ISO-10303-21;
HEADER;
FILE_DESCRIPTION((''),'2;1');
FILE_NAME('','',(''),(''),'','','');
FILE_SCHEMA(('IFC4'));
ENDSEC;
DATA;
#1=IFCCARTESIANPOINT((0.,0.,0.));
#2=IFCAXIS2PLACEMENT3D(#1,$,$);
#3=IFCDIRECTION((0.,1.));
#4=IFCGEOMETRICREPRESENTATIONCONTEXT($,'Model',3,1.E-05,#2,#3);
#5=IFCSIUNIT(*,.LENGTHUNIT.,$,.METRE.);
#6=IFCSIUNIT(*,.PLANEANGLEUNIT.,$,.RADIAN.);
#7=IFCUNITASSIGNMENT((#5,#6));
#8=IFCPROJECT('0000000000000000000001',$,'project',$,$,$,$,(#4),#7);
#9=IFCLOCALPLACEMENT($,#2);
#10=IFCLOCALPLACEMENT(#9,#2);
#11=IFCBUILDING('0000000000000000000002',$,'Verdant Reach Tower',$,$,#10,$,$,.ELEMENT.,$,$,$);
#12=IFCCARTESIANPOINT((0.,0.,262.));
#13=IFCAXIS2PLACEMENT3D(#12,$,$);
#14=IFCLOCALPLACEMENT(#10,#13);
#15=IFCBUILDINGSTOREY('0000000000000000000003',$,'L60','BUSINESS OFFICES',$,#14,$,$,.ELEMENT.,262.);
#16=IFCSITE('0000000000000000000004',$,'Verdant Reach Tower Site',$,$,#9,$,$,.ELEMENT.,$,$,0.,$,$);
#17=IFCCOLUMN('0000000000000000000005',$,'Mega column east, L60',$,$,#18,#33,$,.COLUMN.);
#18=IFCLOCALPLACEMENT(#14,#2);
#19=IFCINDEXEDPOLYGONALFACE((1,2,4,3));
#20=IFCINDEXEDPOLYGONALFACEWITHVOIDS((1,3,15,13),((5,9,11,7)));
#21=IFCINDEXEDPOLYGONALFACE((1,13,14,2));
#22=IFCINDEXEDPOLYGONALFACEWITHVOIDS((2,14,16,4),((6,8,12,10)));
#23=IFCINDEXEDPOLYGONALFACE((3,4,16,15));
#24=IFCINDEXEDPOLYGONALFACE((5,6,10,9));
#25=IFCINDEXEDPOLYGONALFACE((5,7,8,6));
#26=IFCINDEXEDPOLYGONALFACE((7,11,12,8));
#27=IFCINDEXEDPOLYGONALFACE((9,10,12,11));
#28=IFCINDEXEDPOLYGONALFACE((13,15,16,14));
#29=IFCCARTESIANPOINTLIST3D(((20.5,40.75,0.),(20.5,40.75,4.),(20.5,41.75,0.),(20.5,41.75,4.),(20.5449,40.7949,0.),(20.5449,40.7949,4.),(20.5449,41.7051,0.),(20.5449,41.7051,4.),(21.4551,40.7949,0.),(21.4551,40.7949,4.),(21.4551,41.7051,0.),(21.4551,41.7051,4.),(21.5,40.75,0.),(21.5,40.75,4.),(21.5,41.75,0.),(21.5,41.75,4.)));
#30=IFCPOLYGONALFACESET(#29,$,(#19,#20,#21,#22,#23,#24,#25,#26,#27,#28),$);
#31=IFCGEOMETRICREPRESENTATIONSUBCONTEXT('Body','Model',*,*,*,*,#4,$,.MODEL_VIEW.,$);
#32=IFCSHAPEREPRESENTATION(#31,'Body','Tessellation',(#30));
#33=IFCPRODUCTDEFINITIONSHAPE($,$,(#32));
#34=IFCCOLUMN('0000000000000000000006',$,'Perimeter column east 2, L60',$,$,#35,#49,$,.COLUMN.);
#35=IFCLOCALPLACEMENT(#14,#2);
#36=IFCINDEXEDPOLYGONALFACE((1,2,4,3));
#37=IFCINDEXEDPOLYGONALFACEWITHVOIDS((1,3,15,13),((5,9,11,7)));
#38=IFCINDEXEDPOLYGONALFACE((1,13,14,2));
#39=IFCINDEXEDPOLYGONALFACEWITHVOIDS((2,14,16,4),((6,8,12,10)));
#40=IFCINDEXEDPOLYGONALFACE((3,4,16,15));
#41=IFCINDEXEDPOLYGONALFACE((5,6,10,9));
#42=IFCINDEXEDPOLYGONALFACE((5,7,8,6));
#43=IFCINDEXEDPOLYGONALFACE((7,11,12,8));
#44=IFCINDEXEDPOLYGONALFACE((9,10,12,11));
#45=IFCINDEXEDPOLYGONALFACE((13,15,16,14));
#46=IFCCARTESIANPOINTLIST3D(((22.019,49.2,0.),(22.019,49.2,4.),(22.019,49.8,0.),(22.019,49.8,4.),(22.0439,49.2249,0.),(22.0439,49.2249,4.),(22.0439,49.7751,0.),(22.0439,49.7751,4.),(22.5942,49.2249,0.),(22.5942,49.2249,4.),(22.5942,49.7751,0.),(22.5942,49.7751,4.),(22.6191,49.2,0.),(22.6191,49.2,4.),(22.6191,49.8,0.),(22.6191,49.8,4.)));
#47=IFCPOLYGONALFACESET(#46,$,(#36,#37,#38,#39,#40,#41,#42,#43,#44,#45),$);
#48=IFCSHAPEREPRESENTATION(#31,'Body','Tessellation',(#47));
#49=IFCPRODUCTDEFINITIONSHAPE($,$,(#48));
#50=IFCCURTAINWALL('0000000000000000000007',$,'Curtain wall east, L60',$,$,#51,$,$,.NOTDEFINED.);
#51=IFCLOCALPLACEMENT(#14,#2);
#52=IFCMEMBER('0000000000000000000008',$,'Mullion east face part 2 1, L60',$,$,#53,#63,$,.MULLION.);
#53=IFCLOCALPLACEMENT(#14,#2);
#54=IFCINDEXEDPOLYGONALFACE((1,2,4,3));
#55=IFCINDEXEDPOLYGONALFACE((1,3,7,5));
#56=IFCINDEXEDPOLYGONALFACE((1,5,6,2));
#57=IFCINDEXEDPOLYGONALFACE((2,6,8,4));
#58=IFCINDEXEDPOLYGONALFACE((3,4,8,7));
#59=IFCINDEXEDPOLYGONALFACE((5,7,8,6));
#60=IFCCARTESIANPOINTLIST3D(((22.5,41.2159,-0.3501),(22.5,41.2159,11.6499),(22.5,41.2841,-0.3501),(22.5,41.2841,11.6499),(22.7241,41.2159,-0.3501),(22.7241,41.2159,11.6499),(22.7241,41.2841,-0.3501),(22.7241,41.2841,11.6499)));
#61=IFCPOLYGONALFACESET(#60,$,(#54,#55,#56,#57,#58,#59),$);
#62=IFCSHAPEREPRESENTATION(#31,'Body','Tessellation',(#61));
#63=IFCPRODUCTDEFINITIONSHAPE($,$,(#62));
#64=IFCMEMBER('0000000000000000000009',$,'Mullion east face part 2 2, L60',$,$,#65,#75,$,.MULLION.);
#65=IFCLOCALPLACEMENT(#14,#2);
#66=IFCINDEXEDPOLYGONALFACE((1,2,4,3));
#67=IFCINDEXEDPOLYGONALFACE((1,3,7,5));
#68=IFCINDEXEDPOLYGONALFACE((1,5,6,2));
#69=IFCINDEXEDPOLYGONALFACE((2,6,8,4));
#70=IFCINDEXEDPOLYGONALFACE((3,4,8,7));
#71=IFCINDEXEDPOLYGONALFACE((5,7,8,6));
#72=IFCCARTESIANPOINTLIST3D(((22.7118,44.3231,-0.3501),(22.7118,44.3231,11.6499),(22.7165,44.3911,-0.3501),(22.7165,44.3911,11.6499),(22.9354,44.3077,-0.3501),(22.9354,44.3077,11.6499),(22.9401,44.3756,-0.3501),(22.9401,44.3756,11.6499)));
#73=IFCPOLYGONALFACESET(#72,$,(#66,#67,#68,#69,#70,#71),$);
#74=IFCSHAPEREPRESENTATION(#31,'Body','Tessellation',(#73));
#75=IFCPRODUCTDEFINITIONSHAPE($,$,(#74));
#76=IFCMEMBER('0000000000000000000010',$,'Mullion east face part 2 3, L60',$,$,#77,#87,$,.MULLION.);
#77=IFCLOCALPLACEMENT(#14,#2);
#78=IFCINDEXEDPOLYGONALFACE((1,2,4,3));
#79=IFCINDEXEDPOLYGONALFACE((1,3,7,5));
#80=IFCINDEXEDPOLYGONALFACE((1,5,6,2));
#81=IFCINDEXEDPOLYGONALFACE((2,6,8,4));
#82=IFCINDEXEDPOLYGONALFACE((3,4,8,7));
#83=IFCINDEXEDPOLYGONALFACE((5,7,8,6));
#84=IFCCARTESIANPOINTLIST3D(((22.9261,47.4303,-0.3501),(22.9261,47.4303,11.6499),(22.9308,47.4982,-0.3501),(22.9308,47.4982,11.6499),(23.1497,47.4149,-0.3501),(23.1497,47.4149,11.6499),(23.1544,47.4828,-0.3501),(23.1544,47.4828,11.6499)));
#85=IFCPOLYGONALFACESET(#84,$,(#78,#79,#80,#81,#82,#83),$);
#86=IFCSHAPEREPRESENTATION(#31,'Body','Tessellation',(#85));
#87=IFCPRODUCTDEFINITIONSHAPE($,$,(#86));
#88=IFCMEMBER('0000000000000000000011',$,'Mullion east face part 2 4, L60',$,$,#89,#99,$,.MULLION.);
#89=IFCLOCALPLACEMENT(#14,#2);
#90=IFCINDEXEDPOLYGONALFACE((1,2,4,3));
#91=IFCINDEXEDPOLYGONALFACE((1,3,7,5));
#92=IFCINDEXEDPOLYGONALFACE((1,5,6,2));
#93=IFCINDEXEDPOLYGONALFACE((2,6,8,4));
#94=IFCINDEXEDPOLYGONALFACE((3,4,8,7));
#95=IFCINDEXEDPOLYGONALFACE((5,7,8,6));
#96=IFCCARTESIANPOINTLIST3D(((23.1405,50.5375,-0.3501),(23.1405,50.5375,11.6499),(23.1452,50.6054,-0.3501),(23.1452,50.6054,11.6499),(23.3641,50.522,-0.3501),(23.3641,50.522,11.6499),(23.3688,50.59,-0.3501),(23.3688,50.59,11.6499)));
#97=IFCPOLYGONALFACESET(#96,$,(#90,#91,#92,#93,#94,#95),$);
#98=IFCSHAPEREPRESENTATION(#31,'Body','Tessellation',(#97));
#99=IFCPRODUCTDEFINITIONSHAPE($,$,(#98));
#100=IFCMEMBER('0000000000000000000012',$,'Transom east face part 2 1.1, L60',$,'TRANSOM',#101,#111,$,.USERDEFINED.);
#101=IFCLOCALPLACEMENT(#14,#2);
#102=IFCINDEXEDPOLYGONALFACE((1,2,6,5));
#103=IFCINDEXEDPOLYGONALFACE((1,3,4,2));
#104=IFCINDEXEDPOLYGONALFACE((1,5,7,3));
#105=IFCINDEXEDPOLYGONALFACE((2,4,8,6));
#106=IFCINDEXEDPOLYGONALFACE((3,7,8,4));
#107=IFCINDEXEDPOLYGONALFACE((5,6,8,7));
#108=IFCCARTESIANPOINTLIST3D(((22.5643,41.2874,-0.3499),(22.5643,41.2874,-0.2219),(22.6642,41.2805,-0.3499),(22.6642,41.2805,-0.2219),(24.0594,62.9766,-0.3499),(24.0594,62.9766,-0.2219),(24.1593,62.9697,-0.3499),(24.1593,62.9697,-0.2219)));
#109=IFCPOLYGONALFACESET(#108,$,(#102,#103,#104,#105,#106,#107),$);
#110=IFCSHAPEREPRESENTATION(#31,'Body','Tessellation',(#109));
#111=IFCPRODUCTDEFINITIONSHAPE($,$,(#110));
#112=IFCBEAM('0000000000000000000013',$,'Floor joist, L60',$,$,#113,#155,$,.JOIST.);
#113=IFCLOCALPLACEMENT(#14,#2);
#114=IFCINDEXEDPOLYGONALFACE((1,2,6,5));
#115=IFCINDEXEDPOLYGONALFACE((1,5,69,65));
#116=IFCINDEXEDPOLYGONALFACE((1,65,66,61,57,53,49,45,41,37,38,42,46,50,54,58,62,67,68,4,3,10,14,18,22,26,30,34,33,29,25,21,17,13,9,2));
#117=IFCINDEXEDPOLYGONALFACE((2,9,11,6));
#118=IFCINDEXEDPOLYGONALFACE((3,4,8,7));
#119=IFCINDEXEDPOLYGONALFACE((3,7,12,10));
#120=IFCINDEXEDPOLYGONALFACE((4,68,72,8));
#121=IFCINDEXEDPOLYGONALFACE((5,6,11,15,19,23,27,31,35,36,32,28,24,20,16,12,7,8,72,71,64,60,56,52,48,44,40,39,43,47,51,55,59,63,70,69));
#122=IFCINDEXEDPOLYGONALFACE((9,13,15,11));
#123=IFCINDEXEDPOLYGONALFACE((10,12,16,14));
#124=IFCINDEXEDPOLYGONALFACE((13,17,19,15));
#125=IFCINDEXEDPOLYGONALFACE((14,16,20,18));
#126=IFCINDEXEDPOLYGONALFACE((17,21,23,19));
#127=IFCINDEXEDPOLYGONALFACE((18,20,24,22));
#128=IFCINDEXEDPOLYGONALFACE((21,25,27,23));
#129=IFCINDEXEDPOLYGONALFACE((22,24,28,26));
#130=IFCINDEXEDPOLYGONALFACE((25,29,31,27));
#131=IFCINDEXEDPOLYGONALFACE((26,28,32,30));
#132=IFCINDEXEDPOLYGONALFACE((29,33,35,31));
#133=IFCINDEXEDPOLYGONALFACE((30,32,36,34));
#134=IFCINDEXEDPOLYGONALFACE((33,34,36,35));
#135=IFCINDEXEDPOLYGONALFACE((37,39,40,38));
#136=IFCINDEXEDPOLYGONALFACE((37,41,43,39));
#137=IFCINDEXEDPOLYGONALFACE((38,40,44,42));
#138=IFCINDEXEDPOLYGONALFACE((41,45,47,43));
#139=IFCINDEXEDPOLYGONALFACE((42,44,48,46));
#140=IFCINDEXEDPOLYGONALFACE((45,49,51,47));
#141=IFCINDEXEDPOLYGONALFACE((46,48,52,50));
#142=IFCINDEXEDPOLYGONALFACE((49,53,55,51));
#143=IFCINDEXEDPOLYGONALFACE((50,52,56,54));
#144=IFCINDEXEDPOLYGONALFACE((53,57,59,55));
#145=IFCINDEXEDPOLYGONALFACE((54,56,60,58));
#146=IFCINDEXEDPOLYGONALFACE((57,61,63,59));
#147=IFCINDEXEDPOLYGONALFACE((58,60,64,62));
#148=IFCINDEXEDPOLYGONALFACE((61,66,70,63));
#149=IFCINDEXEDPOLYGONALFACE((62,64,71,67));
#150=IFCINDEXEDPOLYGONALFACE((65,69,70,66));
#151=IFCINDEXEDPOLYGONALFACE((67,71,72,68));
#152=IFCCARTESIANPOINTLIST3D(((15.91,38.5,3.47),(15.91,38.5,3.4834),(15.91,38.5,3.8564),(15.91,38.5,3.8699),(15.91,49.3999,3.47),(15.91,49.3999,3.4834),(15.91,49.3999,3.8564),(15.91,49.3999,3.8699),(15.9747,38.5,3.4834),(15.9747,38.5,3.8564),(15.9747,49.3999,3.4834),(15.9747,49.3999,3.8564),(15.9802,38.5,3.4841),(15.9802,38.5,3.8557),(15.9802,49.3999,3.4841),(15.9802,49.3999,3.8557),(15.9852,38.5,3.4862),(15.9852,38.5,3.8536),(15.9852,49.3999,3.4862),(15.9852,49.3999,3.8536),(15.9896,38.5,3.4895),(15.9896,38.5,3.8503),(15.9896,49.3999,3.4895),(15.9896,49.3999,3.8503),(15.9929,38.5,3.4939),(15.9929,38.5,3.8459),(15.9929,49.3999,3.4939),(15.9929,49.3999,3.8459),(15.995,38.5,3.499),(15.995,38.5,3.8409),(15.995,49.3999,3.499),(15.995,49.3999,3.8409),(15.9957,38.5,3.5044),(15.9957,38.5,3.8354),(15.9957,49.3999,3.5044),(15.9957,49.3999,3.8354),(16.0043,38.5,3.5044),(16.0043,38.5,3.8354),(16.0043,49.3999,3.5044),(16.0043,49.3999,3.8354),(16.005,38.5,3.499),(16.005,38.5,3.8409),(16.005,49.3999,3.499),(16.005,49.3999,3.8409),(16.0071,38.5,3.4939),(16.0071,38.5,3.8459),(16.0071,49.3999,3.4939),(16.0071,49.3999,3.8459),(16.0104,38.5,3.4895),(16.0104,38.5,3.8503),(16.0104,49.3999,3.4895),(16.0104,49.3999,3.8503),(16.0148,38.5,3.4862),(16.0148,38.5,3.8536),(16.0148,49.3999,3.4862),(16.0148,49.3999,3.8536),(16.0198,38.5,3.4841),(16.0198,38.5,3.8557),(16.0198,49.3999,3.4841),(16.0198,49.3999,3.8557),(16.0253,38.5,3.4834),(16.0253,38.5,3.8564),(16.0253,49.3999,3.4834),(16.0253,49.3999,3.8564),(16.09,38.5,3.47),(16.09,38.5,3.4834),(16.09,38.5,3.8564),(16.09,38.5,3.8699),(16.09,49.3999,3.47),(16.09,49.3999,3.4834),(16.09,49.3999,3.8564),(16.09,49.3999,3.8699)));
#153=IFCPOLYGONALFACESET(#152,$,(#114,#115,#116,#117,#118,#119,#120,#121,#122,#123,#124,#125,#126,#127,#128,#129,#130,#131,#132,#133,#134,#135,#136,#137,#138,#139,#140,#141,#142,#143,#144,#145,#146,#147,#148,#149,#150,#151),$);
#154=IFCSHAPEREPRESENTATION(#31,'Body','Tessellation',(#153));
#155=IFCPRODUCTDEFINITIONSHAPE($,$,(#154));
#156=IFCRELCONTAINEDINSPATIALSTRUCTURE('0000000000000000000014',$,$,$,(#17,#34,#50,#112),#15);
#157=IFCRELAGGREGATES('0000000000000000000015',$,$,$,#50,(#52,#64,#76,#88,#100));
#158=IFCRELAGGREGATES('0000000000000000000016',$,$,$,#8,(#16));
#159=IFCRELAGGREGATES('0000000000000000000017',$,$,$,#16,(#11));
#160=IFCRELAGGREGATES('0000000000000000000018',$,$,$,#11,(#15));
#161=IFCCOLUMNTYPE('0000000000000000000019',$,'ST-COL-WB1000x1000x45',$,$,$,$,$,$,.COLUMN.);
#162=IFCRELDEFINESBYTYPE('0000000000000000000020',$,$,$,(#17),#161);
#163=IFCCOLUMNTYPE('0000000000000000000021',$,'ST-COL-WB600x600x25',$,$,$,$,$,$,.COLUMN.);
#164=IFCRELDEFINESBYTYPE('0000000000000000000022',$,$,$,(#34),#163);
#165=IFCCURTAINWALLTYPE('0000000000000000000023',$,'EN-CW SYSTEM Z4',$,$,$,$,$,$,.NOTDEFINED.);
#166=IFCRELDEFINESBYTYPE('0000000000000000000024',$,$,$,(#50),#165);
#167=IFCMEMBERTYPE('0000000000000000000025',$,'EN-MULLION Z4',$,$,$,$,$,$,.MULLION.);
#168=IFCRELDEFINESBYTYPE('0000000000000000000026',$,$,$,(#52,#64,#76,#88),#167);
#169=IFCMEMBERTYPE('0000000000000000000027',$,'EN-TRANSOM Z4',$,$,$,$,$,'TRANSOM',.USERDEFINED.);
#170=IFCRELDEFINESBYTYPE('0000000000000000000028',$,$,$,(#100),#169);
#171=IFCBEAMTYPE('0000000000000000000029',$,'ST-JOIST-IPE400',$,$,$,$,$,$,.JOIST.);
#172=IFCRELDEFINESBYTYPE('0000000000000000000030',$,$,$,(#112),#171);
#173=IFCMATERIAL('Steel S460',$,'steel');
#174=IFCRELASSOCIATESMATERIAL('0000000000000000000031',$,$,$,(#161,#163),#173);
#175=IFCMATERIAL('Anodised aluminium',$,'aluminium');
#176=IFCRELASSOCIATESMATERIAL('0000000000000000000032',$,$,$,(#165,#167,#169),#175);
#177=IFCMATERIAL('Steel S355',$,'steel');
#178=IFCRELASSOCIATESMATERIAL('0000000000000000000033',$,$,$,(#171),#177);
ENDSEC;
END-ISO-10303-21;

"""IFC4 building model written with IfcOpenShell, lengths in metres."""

from ifc_helpers import new_model, si_unit, direction, frame, origin, origin_2d, place, context, subcontext, project, spatial, rectangle, hollow_rectangle, i_section, extrude, material, material_profile, profile_set, type_object, element, aggregate, save


model = new_model("IFC4")

# Units and contexts
model_context = context("Model", 3, precision=1e-05, world=origin(), true_north=direction((0.0, 1.0)))
body_context = subcontext(model_context, "Body", "Model", "MODEL_VIEW")
ifc_project = project(units=[si_unit("LENGTHUNIT", "METRE"), si_unit("PLANEANGLEUNIT", "RADIAN")], contexts=[model_context])

# Site, building, storey
site_placement = place(None, origin())
site = spatial("IfcSite", under=ifc_project, at=site_placement, Name="Verdant Reach Tower Site", CompositionType="ELEMENT", RefElevation=0.0)
building_placement = place(site_placement, origin())
building = spatial("IfcBuilding", under=site, at=building_placement, Name="Verdant Reach Tower", CompositionType="ELEMENT")
storey_placement = place(building_placement, frame((0.0, 0.0, 262.0)))
storey = spatial("IfcBuildingStorey", under=building, at=storey_placement, Name="L60", Description="BUSINESS OFFICES", CompositionType="ELEMENT", Elevation=262.0)

# Columns
ifc_material_1 = material(Name="Steel S460", Category="steel")
ifc_material_profile_1 = material_profile(ifc_material_1, hollow_rectangle(XDim=1.0, YDim=1.0, WallThickness=0.0449, at=origin_2d()), Name="WB 1000x1000x45")
ifc_profile_set_1 = profile_set([ifc_material_profile_1], Name="Steel S460")
column_type_1 = type_object("IfcColumnType", Name="ST-COL-WB1000x1000x45", PredefinedType="COLUMN", material=ifc_profile_set_1)
column_1_placement = place(storey_placement, frame((21.0, 41.25, 0.0), z_axis=(0.0, 0.0, 1.0), x_axis=(1.0, 0.0, 0.0)))
element("IfcColumn", 1, at=column_1_placement, inside=storey, type_object=column_type_1, Name="Mega column east, L60", PredefinedType="COLUMN", context=body_context, shape_type="SweptSolid", body=[
    extrude(hollow_rectangle(XDim=1.0, YDim=1.0, WallThickness=0.0449, at=origin_2d()), origin(), (0.0, 0.0, 1.0), 4.0),
])
ifc_material_profile_2 = material_profile(ifc_material_1, hollow_rectangle(XDim=0.6001, YDim=0.6001, WallThickness=0.0249, at=origin_2d()), Name="WB 600x600x25")
ifc_profile_set_2 = profile_set([ifc_material_profile_2], Name="Steel S460")
column_type_2 = type_object("IfcColumnType", Name="ST-COL-WB600x600x25", PredefinedType="COLUMN", material=ifc_profile_set_2)
column_2_placement = place(storey_placement, frame((22.3191, 49.5, 0.0), z_axis=(0.0, 0.0, 1.0), x_axis=(1.0, 0.0, 0.0)))
element("IfcColumn", 2, at=column_2_placement, inside=storey, type_object=column_type_2, Name="Perimeter column east 2, L60", PredefinedType="COLUMN", context=body_context, shape_type="SweptSolid", body=[
    extrude(hollow_rectangle(XDim=0.6001, YDim=0.6001, WallThickness=0.0249, at=origin_2d()), origin(), (0.0, 0.0, 1.0), 4.0),
])

# Curtain wall, members
ifc_material_2 = material(Name="Anodised aluminium", Category="aluminium")
curtain_wall_type = type_object("IfcCurtainWallType", Name="EN-CW SYSTEM Z4", PredefinedType="NOTDEFINED", material=ifc_material_2)
curtain_wall_placement = place(storey_placement, origin())
curtain_wall = element("IfcCurtainWall", 3, at=curtain_wall_placement, inside=storey, type_object=curtain_wall_type, Name="Curtain wall east, L60", PredefinedType="NOTDEFINED")
ifc_material_profile_3 = material_profile(ifc_material_2, rectangle(XDim=0.2241, YDim=0.0681, at=origin_2d()), Name="Mullion 68x224")
ifc_profile_set_3 = profile_set([ifc_material_profile_3], Name="Anodised aluminium")
member_type_1 = type_object("IfcMemberType", Name="EN-MULLION Z4", PredefinedType="MULLION", material=ifc_profile_set_3)
member_1_placement = place(storey_placement, frame((22.6121, 41.25, -0.3501), z_axis=(0.0, 0.0, 1.0), x_axis=(1.0, 0.0, 0.0)))
member_1 = element("IfcMember", 4, at=member_1_placement, type_object=member_type_1, Name="Mullion east face part 2 1, L60", PredefinedType="MULLION", context=body_context, shape_type="SweptSolid", body=[
    extrude(rectangle(XDim=0.2241, YDim=0.0681, at=origin_2d()), origin(), (0.0, 0.0, 1.0), 12.0),
])
member_2_placement = place(storey_placement, frame((22.8259, 44.3494, -0.3501), z_axis=(0.0, 0.0, 1.0), x_axis=(0.99763, -0.068802, 0.0)))
member_2 = element("IfcMember", 5, at=member_2_placement, type_object=member_type_1, Name="Mullion east face part 2 2, L60", PredefinedType="MULLION", context=body_context, shape_type="SweptSolid", body=[
    extrude(rectangle(XDim=0.2241, YDim=0.0681, at=origin_2d()), origin(), (0.0, 0.0, 1.0), 12.0),
])
member_3_placement = place(storey_placement, frame((23.0403, 47.4565, -0.3501), z_axis=(0.0, 0.0, 1.0), x_axis=(0.99763, -0.068802, 0.0)))
member_3 = element("IfcMember", 6, at=member_3_placement, type_object=member_type_1, Name="Mullion east face part 2 3, L60", PredefinedType="MULLION", context=body_context, shape_type="SweptSolid", body=[
    extrude(rectangle(XDim=0.2241, YDim=0.0681, at=origin_2d()), origin(), (0.0, 0.0, 1.0), 12.0),
])
member_4_placement = place(storey_placement, frame((23.2546, 50.5637, -0.3501), z_axis=(0.0, 0.0, 1.0), x_axis=(0.99763, -0.068802, 0.0)))
member_4 = element("IfcMember", 7, at=member_4_placement, type_object=member_type_1, Name="Mullion east face part 2 4, L60", PredefinedType="MULLION", context=body_context, shape_type="SweptSolid", body=[
    extrude(rectangle(XDim=0.2241, YDim=0.0681, at=origin_2d()), origin(), (0.0, 0.0, 1.0), 12.0),
])
ifc_material_profile_4 = material_profile(ifc_material_2, rectangle(XDim=0.1001, YDim=0.1279, at=origin_2d()), Name="Transom 128x100")
ifc_profile_set_4 = profile_set([ifc_material_profile_4], Name="Anodised aluminium")
member_type_2 = type_object("IfcMemberType", Name="EN-TRANSOM Z4", ElementType="TRANSOM", PredefinedType="USERDEFINED", material=ifc_profile_set_4)
member_5_placement = place(storey_placement, frame((22.6143, 41.2839, -0.2859), z_axis=(0.06877, 0.997633, 0.0), x_axis=(-0.997633, 0.06877, 0.0)))
member_5 = element("IfcMember", 8, at=member_5_placement, type_object=member_type_2, Name="Transom east face part 2 1.1, L60", ObjectType="TRANSOM", PredefinedType="USERDEFINED", context=body_context, shape_type="SweptSolid", body=[
    extrude(rectangle(XDim=0.1001, YDim=0.1279, at=origin_2d()), origin(), (0.0, 0.0, 1.0), 21.7407),
])

# Beam
ifc_material_3 = material(Name="Steel S355", Category="steel")
ifc_material_profile_5 = material_profile(ifc_material_3, i_section(OverallWidth=0.1799, OverallDepth=0.3999, WebThickness=0.0085, FlangeThickness=0.0134, FilletRadius=0.021, at=origin_2d()), Name="IPE 400")
ifc_profile_set_5 = profile_set([ifc_material_profile_5], Name="Steel S355")
beam_type_1 = type_object("IfcBeamType", Name="ST-JOIST-IPE400", PredefinedType="JOIST", material=ifc_profile_set_5)
for number, where, z_axis, x_axis, name in (
    (9, (16.0, 38.5, 3.6699), (0.0, 1.0, 0.0), (-1.0, 0.0, 0.0), "Floor joist, L60"),
):
    element("IfcBeam", number, at=place(storey_placement, frame(where, z_axis=z_axis, x_axis=x_axis)), inside=storey, type_object=beam_type_1, Name=name, PredefinedType="JOIST", context=body_context, shape_type="SweptSolid", body=[
        extrude(i_section(OverallWidth=0.1799, OverallDepth=0.3999, WebThickness=0.0085, FlangeThickness=0.0134, FilletRadius=0.021, at=origin_2d()), origin(), (0.0, 0.0, 1.0), 10.8999),
    ])

aggregate(curtain_wall, [member_1, member_2, member_3, member_4, member_5])

save(model, "model.ifc")
